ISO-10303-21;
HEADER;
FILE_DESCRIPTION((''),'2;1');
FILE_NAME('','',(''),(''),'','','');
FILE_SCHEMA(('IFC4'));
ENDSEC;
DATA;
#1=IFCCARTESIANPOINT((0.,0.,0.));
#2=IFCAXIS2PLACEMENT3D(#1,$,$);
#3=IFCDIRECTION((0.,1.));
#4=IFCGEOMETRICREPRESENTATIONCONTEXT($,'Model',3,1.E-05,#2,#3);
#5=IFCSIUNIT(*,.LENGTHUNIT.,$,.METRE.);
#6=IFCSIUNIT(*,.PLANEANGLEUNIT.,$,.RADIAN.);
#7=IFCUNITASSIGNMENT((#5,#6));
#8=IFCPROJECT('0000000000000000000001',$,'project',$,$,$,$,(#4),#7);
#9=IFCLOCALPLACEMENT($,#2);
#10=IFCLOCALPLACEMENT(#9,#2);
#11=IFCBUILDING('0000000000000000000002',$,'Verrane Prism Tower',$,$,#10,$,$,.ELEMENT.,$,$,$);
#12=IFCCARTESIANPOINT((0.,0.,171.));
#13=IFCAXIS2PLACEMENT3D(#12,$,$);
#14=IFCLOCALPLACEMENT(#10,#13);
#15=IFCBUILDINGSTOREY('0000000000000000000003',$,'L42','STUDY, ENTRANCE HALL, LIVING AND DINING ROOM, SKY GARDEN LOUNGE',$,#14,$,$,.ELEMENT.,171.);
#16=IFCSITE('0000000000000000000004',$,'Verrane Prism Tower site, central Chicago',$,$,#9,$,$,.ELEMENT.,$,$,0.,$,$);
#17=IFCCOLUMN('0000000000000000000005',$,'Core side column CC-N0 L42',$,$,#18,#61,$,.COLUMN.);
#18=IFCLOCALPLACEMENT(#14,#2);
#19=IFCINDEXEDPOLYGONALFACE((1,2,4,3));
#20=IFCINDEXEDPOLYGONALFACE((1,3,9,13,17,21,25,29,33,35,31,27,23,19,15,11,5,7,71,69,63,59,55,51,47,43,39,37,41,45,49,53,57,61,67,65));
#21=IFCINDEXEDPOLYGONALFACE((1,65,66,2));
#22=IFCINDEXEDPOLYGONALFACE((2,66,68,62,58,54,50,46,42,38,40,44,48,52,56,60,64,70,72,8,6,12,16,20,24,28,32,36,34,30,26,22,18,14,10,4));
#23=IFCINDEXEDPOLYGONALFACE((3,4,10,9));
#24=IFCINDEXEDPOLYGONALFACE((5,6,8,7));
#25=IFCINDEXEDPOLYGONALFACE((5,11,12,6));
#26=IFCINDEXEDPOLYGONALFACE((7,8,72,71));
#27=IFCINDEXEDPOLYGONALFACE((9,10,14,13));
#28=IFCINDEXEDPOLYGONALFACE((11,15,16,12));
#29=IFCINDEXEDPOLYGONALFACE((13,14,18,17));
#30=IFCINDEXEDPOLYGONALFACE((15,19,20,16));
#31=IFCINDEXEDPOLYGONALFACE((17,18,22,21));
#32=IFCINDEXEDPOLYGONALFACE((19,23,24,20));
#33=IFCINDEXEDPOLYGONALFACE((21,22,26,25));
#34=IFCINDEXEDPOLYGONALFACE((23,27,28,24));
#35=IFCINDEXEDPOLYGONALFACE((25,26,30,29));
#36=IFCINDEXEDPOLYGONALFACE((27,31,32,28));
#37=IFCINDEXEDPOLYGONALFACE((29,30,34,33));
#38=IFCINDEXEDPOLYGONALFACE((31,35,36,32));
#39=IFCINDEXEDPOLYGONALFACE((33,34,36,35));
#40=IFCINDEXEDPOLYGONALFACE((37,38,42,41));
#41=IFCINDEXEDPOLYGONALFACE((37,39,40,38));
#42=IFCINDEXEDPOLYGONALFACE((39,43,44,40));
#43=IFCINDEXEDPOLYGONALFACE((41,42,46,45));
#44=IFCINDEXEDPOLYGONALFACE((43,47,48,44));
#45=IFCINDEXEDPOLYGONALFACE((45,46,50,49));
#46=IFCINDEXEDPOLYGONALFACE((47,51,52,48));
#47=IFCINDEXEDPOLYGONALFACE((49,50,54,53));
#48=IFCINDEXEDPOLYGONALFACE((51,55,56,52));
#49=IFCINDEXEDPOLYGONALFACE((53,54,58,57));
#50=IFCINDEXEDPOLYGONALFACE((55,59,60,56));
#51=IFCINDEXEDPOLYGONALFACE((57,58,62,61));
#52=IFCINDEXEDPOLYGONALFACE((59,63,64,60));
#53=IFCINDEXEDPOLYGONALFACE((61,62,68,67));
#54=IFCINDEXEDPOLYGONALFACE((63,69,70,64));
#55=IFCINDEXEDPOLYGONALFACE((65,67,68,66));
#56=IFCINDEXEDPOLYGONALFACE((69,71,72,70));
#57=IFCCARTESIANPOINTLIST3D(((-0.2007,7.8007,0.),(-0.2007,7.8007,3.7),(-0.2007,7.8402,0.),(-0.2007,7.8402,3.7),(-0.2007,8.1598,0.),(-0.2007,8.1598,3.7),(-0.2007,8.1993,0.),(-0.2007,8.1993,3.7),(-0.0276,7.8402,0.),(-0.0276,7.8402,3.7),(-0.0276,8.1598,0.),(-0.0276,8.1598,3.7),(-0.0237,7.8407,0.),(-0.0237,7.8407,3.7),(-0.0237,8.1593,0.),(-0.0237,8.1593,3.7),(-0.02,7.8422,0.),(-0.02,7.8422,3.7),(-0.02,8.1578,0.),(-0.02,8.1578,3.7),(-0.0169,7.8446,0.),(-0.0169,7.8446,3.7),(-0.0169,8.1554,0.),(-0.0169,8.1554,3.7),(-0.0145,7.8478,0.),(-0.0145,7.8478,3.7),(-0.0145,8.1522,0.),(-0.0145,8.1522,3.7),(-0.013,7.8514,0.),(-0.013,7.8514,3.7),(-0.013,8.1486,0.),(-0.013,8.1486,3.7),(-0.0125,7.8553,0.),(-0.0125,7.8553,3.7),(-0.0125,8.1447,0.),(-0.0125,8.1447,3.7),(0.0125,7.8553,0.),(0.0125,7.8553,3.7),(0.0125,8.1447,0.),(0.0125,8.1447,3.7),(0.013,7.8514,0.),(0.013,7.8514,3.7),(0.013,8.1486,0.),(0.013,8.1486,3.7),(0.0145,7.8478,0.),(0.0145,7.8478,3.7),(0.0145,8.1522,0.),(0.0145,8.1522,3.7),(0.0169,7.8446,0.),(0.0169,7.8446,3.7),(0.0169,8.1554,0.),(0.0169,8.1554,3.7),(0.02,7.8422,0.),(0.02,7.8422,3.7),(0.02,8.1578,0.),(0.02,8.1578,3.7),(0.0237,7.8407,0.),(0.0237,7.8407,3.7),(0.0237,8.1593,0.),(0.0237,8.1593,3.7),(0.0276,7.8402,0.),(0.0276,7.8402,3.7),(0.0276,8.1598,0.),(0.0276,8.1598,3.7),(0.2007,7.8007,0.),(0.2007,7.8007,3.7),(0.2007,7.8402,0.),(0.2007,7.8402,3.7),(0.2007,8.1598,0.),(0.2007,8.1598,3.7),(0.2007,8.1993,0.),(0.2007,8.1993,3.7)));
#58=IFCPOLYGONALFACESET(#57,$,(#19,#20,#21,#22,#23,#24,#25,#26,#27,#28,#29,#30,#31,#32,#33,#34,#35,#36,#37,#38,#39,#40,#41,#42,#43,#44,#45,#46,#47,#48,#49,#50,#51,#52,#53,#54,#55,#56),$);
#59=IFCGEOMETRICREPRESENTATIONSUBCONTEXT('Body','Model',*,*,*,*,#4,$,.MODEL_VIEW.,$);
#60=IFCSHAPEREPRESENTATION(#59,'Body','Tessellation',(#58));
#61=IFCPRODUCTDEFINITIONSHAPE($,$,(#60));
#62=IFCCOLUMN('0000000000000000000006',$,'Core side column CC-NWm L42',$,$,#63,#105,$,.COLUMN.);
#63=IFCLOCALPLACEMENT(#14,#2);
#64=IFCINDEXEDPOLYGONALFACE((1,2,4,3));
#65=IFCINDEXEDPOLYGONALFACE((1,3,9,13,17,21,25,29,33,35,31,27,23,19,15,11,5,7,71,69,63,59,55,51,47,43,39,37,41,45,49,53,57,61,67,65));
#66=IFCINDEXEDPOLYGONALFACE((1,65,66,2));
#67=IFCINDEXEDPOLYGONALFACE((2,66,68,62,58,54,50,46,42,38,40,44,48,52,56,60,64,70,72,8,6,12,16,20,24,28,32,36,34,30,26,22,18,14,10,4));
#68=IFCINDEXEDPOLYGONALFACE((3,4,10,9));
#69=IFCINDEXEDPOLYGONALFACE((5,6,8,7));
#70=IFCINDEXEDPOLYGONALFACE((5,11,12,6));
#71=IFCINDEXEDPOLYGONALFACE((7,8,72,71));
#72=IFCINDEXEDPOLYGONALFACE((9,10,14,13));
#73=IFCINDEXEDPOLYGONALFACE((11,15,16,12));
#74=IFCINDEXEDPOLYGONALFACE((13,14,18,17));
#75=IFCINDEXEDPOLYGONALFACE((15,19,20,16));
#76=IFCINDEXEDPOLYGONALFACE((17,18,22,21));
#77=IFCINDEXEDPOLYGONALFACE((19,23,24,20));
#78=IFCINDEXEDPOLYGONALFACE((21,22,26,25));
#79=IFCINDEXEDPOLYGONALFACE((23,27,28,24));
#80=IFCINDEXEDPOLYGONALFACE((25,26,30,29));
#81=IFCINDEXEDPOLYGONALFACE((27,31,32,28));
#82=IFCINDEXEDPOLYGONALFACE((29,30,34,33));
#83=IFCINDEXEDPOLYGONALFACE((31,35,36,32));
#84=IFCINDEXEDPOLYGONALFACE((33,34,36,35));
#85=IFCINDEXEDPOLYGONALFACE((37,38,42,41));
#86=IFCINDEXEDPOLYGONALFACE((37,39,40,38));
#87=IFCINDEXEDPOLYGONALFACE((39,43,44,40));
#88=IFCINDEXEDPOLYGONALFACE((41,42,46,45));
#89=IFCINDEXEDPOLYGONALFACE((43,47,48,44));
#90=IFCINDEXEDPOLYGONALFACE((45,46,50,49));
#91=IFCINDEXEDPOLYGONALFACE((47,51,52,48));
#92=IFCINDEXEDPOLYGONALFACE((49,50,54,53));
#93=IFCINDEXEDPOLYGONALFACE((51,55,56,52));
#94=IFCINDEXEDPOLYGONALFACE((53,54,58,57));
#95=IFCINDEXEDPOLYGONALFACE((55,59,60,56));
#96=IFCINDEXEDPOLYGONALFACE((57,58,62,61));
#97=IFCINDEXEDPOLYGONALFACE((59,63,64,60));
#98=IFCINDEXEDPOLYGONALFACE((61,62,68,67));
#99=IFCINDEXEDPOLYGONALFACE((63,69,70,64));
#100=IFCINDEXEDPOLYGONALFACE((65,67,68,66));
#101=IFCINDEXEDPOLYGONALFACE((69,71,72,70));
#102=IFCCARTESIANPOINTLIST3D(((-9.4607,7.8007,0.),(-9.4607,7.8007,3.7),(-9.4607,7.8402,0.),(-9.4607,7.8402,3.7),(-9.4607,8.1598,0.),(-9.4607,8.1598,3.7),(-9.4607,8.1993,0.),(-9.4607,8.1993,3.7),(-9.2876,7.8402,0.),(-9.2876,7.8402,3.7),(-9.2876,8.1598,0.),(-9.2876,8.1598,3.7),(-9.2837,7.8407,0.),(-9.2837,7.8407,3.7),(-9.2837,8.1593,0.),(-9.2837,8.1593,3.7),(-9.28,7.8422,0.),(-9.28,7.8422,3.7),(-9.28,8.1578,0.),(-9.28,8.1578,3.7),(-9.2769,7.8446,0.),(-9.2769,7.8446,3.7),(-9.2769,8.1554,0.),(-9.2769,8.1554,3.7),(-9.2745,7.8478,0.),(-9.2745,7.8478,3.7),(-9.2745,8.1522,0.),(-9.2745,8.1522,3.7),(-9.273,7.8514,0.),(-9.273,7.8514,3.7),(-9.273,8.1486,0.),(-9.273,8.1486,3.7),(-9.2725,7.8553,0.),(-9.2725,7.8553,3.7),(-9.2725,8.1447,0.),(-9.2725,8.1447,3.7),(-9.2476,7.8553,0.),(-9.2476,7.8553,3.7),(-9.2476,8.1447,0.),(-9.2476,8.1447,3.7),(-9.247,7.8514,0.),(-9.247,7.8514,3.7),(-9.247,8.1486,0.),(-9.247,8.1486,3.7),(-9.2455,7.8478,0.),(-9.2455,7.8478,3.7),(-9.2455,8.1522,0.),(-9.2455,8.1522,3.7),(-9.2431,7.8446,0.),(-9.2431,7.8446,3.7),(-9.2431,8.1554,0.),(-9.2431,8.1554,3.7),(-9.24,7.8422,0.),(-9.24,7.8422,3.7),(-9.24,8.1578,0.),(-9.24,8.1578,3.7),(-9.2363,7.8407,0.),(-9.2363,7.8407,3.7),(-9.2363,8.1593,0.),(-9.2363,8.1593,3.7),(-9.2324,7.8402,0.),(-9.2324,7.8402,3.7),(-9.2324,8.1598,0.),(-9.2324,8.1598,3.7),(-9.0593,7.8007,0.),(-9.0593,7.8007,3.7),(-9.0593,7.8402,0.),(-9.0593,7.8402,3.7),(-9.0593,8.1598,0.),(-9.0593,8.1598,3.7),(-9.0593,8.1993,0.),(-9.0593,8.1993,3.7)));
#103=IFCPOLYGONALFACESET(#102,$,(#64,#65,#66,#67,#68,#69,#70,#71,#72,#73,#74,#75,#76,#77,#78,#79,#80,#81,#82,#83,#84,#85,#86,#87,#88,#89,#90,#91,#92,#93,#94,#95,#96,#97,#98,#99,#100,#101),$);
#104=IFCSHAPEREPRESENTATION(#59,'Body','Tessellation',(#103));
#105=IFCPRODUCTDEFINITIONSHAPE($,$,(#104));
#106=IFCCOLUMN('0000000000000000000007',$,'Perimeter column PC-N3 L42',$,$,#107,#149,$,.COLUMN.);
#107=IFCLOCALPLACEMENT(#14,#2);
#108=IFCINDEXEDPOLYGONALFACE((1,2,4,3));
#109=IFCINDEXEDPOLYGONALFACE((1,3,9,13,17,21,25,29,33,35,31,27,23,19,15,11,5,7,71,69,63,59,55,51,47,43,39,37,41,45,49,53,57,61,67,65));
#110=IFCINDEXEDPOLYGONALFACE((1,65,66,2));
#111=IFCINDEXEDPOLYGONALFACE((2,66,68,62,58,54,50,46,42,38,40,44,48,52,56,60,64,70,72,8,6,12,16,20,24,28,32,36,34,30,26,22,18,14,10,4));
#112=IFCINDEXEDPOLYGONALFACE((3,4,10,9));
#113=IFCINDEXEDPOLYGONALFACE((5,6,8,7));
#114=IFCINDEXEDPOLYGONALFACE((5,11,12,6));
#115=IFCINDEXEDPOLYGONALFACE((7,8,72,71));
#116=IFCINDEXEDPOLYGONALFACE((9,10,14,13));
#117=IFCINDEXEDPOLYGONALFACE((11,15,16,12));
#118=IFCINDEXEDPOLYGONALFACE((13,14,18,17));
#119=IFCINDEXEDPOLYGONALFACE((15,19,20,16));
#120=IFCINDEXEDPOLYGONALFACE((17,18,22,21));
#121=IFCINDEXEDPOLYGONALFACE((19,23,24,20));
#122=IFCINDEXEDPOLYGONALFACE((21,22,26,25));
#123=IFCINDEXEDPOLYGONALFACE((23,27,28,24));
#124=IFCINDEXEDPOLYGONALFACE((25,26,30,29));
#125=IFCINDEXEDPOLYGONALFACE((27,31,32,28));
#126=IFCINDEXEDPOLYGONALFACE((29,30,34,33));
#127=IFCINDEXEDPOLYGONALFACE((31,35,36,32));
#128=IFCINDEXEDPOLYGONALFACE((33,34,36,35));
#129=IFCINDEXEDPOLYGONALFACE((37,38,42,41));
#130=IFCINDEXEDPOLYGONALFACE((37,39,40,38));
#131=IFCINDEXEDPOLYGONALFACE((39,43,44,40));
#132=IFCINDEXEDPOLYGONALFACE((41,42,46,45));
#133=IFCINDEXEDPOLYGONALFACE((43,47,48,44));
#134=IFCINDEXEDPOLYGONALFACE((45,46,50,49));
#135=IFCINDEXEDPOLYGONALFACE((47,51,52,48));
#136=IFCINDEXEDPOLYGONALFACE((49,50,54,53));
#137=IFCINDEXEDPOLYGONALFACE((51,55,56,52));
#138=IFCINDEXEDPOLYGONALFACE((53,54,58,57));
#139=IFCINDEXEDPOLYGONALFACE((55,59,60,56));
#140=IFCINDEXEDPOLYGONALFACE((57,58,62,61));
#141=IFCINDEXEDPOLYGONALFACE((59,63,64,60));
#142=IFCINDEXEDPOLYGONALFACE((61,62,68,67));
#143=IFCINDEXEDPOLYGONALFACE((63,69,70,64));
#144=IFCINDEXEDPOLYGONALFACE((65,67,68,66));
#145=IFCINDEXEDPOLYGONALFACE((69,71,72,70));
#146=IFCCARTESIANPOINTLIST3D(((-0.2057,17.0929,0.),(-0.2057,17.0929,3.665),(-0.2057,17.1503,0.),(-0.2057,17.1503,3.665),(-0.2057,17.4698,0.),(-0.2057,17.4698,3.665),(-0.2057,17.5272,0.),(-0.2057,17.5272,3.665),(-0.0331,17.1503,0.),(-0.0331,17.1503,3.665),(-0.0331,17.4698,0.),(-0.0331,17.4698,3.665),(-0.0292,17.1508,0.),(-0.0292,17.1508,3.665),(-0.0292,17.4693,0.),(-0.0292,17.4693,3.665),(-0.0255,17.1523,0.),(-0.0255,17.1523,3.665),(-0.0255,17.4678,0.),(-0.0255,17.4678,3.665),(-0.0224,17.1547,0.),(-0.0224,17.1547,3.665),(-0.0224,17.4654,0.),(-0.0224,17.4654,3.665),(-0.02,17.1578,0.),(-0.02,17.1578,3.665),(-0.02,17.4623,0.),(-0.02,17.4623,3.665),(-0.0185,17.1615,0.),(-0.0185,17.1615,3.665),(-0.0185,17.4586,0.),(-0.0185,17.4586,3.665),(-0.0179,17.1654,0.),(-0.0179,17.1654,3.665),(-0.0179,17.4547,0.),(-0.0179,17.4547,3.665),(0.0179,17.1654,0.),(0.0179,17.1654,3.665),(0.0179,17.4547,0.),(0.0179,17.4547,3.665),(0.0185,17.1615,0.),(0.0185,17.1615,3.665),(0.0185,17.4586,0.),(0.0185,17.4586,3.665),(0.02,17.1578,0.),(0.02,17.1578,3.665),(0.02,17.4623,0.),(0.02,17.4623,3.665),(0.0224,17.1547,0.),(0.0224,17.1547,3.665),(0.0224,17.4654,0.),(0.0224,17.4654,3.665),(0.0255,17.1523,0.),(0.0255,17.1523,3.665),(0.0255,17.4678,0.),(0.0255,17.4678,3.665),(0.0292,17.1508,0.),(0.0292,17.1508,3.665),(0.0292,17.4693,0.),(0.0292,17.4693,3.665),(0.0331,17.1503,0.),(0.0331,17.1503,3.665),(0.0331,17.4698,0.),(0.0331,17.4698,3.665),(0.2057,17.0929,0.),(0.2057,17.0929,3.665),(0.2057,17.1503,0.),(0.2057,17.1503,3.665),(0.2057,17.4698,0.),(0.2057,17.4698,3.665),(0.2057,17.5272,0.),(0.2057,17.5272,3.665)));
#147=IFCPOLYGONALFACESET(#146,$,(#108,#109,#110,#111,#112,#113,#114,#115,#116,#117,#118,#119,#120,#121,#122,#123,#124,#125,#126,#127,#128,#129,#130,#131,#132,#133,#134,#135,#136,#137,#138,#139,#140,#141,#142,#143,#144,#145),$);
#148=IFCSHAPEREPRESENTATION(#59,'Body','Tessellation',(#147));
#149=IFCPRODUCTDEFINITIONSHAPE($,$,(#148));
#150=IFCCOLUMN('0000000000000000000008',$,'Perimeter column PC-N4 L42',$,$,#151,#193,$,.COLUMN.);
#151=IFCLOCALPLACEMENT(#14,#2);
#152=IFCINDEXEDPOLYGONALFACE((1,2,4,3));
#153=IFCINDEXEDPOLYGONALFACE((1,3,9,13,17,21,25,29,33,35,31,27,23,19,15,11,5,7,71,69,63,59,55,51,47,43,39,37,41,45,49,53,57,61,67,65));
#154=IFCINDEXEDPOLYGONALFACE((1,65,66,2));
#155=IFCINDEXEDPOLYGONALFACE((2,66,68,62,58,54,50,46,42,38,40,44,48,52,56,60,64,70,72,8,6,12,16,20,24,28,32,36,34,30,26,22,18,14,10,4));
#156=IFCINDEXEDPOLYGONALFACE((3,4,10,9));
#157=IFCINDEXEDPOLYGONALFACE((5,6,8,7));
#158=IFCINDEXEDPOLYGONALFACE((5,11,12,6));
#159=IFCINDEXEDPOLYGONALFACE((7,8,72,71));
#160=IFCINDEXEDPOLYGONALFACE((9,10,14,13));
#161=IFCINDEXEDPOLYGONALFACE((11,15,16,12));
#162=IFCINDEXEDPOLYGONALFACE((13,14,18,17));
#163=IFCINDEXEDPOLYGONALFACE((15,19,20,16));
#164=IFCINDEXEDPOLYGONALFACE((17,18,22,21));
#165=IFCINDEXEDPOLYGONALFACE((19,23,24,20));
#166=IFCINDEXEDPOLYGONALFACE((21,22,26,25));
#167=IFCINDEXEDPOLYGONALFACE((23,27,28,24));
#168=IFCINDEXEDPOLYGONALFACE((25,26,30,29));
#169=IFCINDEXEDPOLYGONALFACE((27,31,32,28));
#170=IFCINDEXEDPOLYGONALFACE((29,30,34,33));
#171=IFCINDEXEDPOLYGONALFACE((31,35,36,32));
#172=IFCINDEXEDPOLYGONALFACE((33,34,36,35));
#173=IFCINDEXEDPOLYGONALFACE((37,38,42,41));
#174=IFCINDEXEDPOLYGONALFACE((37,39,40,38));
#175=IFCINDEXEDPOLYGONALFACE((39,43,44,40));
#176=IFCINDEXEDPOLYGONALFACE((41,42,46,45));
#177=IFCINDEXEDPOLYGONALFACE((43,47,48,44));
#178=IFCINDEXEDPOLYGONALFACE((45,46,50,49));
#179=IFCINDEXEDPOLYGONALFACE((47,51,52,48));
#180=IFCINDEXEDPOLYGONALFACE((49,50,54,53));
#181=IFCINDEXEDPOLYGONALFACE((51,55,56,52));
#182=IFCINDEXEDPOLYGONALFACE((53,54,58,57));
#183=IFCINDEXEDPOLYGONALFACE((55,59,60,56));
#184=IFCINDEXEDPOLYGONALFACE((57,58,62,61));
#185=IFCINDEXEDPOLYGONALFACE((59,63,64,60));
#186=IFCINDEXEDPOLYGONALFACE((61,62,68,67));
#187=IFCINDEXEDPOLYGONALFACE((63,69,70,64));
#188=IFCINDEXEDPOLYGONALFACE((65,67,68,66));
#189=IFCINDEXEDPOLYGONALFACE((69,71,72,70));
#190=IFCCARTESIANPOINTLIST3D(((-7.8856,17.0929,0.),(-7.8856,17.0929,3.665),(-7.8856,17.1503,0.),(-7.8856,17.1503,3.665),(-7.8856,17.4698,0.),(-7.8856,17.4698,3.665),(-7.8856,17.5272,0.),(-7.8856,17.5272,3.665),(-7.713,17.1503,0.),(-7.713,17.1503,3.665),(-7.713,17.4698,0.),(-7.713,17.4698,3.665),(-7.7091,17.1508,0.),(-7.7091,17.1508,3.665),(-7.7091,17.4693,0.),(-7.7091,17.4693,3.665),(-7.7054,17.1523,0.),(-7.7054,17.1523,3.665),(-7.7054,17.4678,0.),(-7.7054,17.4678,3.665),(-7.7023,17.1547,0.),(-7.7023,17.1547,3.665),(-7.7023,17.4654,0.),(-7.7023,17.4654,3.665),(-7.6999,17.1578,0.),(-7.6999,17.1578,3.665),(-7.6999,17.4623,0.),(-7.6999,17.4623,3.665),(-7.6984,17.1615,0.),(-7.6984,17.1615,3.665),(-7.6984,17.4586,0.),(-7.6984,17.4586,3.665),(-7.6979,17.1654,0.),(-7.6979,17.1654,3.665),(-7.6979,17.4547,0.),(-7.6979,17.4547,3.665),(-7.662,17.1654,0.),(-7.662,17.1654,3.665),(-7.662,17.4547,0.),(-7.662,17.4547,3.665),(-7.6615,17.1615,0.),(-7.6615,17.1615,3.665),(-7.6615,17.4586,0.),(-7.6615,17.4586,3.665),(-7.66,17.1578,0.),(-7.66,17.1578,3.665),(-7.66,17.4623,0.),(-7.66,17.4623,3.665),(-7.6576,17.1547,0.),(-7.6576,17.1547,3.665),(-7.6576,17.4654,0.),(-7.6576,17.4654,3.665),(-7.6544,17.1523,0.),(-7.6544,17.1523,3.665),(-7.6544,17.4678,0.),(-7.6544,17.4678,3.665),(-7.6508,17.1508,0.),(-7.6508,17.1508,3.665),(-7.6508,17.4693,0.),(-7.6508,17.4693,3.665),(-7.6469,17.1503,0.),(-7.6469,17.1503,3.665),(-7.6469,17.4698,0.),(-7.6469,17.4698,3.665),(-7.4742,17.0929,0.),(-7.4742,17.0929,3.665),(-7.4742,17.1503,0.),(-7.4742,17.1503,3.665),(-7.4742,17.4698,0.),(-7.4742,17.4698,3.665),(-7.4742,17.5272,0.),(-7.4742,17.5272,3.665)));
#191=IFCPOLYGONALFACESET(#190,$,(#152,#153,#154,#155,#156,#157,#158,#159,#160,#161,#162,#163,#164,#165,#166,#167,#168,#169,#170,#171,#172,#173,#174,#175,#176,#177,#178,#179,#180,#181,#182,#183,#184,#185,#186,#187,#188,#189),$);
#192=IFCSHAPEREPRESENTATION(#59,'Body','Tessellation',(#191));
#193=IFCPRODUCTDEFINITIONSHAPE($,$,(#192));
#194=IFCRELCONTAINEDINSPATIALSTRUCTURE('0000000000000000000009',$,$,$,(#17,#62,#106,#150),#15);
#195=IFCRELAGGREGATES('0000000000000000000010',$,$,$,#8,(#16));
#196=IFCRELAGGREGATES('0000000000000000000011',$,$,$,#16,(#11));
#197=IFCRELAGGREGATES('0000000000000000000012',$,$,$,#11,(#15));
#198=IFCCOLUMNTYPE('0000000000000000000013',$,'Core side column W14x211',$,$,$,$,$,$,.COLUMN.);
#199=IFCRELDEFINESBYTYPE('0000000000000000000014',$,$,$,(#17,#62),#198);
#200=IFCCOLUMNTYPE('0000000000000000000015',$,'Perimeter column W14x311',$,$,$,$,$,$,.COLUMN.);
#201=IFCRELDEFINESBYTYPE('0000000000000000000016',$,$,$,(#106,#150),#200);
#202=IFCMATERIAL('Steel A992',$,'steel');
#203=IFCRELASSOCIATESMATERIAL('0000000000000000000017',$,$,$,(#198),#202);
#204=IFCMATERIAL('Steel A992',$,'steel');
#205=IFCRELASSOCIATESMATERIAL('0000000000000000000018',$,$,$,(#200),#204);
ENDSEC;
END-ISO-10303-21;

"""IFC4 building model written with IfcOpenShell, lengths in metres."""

from ifc_helpers import new_model, si_unit, direction, frame, origin, origin_2d, place, context, subcontext, project, spatial, i_section, extrude, material, material_profile, profile_set, type_object, element, save


model = new_model("IFC4")

# Units and contexts
model_context = context("Model", 3, precision=1e-05, world=origin(), true_north=direction((0.0, 1.0)))
body_context = subcontext(model_context, "Body", "Model", "MODEL_VIEW")
ifc_project = project(units=[si_unit("LENGTHUNIT", "METRE"), si_unit("PLANEANGLEUNIT", "RADIAN")], contexts=[model_context])

# Site, building, storey
site_placement = place(None, origin())
site = spatial("IfcSite", under=ifc_project, at=site_placement, Name="Verrane Prism Tower site, central Chicago", CompositionType="ELEMENT", RefElevation=0.0)
building_placement = place(site_placement, origin())
building = spatial("IfcBuilding", under=site, at=building_placement, Name="Verrane Prism Tower", CompositionType="ELEMENT")
storey_placement = place(building_placement, frame((0.0, 0.0, 171.0)))
storey = spatial("IfcBuildingStorey", under=building, at=storey_placement, Name="L42", Description="STUDY, ENTRANCE HALL, LIVING AND DINING ROOM, SKY GARDEN LOUNGE", CompositionType="ELEMENT", Elevation=171.0)

# Columns
ifc_material_1 = material(Name="Steel A992", Category="steel")
ifc_material_profile_1 = material_profile(ifc_material_1, i_section(OverallWidth=0.4014, OverallDepth=0.3987, WebThickness=0.0249, FlangeThickness=0.0396, FilletRadius=0.0151, at=origin_2d()), Name="W14x211")
ifc_profile_set_1 = profile_set([ifc_material_profile_1], Name="Steel A992")
column_type_1 = type_object("IfcColumnType", Name="Core side column W14x211", PredefinedType="COLUMN", material=ifc_profile_set_1)
for number, where, z_axis, x_axis, name in (
    (1, (0.0, 8.0, 0.0), (0.0, 0.0, 1.0), (1.0, 0.0, 0.0), "Core side column CC-N0 L42"),
    (2, (-9.26, 8.0, 0.0), (0.0, 0.0, 1.0), (1.0, 0.0, 0.0), "Core side column CC-NWm L42"),
):
    element("IfcColumn", number, at=place(storey_placement, frame(where, z_axis=z_axis, x_axis=x_axis)), inside=storey, type_object=column_type_1, Name=name, PredefinedType="COLUMN", context=body_context, shape_type="SweptSolid", body=[
        extrude(i_section(OverallWidth=0.4014, OverallDepth=0.3987, WebThickness=0.0249, FlangeThickness=0.0396, FilletRadius=0.0151, at=origin_2d()), origin(), (0.0, 0.0, 1.0), 3.7),
    ])
ifc_material_2 = material(Name="Steel A992", Category="steel")
ifc_material_profile_2 = material_profile(ifc_material_2, i_section(OverallWidth=0.4114, OverallDepth=0.4343, WebThickness=0.0359, FlangeThickness=0.0574, FilletRadius=0.0151, at=origin_2d()), Name="W14x311")
ifc_profile_set_2 = profile_set([ifc_material_profile_2], Name="Steel A992")
column_type_2 = type_object("IfcColumnType", Name="Perimeter column W14x311", PredefinedType="COLUMN", material=ifc_profile_set_2)
for number, where, z_axis, x_axis, name in (
    (3, (0.0, 17.3101, 0.0), (0.0, 0.0, 1.0), (1.0, 0.0, 0.0), "Perimeter column PC-N3 L42"),
    (4, (-7.6799, 17.3101, 0.0), (0.0, 0.0, 1.0), (1.0, 0.0, 0.0), "Perimeter column PC-N4 L42"),
):
    element("IfcColumn", number, at=place(storey_placement, frame(where, z_axis=z_axis, x_axis=x_axis)), inside=storey, type_object=column_type_2, Name=name, PredefinedType="COLUMN", context=body_context, shape_type="SweptSolid", body=[
        extrude(i_section(OverallWidth=0.4114, OverallDepth=0.4343, WebThickness=0.0359, FlangeThickness=0.0574, FilletRadius=0.0151, at=origin_2d()), origin(), (0.0, 0.0, 1.0), 3.665),
    ])

save(model, "model.ifc")
